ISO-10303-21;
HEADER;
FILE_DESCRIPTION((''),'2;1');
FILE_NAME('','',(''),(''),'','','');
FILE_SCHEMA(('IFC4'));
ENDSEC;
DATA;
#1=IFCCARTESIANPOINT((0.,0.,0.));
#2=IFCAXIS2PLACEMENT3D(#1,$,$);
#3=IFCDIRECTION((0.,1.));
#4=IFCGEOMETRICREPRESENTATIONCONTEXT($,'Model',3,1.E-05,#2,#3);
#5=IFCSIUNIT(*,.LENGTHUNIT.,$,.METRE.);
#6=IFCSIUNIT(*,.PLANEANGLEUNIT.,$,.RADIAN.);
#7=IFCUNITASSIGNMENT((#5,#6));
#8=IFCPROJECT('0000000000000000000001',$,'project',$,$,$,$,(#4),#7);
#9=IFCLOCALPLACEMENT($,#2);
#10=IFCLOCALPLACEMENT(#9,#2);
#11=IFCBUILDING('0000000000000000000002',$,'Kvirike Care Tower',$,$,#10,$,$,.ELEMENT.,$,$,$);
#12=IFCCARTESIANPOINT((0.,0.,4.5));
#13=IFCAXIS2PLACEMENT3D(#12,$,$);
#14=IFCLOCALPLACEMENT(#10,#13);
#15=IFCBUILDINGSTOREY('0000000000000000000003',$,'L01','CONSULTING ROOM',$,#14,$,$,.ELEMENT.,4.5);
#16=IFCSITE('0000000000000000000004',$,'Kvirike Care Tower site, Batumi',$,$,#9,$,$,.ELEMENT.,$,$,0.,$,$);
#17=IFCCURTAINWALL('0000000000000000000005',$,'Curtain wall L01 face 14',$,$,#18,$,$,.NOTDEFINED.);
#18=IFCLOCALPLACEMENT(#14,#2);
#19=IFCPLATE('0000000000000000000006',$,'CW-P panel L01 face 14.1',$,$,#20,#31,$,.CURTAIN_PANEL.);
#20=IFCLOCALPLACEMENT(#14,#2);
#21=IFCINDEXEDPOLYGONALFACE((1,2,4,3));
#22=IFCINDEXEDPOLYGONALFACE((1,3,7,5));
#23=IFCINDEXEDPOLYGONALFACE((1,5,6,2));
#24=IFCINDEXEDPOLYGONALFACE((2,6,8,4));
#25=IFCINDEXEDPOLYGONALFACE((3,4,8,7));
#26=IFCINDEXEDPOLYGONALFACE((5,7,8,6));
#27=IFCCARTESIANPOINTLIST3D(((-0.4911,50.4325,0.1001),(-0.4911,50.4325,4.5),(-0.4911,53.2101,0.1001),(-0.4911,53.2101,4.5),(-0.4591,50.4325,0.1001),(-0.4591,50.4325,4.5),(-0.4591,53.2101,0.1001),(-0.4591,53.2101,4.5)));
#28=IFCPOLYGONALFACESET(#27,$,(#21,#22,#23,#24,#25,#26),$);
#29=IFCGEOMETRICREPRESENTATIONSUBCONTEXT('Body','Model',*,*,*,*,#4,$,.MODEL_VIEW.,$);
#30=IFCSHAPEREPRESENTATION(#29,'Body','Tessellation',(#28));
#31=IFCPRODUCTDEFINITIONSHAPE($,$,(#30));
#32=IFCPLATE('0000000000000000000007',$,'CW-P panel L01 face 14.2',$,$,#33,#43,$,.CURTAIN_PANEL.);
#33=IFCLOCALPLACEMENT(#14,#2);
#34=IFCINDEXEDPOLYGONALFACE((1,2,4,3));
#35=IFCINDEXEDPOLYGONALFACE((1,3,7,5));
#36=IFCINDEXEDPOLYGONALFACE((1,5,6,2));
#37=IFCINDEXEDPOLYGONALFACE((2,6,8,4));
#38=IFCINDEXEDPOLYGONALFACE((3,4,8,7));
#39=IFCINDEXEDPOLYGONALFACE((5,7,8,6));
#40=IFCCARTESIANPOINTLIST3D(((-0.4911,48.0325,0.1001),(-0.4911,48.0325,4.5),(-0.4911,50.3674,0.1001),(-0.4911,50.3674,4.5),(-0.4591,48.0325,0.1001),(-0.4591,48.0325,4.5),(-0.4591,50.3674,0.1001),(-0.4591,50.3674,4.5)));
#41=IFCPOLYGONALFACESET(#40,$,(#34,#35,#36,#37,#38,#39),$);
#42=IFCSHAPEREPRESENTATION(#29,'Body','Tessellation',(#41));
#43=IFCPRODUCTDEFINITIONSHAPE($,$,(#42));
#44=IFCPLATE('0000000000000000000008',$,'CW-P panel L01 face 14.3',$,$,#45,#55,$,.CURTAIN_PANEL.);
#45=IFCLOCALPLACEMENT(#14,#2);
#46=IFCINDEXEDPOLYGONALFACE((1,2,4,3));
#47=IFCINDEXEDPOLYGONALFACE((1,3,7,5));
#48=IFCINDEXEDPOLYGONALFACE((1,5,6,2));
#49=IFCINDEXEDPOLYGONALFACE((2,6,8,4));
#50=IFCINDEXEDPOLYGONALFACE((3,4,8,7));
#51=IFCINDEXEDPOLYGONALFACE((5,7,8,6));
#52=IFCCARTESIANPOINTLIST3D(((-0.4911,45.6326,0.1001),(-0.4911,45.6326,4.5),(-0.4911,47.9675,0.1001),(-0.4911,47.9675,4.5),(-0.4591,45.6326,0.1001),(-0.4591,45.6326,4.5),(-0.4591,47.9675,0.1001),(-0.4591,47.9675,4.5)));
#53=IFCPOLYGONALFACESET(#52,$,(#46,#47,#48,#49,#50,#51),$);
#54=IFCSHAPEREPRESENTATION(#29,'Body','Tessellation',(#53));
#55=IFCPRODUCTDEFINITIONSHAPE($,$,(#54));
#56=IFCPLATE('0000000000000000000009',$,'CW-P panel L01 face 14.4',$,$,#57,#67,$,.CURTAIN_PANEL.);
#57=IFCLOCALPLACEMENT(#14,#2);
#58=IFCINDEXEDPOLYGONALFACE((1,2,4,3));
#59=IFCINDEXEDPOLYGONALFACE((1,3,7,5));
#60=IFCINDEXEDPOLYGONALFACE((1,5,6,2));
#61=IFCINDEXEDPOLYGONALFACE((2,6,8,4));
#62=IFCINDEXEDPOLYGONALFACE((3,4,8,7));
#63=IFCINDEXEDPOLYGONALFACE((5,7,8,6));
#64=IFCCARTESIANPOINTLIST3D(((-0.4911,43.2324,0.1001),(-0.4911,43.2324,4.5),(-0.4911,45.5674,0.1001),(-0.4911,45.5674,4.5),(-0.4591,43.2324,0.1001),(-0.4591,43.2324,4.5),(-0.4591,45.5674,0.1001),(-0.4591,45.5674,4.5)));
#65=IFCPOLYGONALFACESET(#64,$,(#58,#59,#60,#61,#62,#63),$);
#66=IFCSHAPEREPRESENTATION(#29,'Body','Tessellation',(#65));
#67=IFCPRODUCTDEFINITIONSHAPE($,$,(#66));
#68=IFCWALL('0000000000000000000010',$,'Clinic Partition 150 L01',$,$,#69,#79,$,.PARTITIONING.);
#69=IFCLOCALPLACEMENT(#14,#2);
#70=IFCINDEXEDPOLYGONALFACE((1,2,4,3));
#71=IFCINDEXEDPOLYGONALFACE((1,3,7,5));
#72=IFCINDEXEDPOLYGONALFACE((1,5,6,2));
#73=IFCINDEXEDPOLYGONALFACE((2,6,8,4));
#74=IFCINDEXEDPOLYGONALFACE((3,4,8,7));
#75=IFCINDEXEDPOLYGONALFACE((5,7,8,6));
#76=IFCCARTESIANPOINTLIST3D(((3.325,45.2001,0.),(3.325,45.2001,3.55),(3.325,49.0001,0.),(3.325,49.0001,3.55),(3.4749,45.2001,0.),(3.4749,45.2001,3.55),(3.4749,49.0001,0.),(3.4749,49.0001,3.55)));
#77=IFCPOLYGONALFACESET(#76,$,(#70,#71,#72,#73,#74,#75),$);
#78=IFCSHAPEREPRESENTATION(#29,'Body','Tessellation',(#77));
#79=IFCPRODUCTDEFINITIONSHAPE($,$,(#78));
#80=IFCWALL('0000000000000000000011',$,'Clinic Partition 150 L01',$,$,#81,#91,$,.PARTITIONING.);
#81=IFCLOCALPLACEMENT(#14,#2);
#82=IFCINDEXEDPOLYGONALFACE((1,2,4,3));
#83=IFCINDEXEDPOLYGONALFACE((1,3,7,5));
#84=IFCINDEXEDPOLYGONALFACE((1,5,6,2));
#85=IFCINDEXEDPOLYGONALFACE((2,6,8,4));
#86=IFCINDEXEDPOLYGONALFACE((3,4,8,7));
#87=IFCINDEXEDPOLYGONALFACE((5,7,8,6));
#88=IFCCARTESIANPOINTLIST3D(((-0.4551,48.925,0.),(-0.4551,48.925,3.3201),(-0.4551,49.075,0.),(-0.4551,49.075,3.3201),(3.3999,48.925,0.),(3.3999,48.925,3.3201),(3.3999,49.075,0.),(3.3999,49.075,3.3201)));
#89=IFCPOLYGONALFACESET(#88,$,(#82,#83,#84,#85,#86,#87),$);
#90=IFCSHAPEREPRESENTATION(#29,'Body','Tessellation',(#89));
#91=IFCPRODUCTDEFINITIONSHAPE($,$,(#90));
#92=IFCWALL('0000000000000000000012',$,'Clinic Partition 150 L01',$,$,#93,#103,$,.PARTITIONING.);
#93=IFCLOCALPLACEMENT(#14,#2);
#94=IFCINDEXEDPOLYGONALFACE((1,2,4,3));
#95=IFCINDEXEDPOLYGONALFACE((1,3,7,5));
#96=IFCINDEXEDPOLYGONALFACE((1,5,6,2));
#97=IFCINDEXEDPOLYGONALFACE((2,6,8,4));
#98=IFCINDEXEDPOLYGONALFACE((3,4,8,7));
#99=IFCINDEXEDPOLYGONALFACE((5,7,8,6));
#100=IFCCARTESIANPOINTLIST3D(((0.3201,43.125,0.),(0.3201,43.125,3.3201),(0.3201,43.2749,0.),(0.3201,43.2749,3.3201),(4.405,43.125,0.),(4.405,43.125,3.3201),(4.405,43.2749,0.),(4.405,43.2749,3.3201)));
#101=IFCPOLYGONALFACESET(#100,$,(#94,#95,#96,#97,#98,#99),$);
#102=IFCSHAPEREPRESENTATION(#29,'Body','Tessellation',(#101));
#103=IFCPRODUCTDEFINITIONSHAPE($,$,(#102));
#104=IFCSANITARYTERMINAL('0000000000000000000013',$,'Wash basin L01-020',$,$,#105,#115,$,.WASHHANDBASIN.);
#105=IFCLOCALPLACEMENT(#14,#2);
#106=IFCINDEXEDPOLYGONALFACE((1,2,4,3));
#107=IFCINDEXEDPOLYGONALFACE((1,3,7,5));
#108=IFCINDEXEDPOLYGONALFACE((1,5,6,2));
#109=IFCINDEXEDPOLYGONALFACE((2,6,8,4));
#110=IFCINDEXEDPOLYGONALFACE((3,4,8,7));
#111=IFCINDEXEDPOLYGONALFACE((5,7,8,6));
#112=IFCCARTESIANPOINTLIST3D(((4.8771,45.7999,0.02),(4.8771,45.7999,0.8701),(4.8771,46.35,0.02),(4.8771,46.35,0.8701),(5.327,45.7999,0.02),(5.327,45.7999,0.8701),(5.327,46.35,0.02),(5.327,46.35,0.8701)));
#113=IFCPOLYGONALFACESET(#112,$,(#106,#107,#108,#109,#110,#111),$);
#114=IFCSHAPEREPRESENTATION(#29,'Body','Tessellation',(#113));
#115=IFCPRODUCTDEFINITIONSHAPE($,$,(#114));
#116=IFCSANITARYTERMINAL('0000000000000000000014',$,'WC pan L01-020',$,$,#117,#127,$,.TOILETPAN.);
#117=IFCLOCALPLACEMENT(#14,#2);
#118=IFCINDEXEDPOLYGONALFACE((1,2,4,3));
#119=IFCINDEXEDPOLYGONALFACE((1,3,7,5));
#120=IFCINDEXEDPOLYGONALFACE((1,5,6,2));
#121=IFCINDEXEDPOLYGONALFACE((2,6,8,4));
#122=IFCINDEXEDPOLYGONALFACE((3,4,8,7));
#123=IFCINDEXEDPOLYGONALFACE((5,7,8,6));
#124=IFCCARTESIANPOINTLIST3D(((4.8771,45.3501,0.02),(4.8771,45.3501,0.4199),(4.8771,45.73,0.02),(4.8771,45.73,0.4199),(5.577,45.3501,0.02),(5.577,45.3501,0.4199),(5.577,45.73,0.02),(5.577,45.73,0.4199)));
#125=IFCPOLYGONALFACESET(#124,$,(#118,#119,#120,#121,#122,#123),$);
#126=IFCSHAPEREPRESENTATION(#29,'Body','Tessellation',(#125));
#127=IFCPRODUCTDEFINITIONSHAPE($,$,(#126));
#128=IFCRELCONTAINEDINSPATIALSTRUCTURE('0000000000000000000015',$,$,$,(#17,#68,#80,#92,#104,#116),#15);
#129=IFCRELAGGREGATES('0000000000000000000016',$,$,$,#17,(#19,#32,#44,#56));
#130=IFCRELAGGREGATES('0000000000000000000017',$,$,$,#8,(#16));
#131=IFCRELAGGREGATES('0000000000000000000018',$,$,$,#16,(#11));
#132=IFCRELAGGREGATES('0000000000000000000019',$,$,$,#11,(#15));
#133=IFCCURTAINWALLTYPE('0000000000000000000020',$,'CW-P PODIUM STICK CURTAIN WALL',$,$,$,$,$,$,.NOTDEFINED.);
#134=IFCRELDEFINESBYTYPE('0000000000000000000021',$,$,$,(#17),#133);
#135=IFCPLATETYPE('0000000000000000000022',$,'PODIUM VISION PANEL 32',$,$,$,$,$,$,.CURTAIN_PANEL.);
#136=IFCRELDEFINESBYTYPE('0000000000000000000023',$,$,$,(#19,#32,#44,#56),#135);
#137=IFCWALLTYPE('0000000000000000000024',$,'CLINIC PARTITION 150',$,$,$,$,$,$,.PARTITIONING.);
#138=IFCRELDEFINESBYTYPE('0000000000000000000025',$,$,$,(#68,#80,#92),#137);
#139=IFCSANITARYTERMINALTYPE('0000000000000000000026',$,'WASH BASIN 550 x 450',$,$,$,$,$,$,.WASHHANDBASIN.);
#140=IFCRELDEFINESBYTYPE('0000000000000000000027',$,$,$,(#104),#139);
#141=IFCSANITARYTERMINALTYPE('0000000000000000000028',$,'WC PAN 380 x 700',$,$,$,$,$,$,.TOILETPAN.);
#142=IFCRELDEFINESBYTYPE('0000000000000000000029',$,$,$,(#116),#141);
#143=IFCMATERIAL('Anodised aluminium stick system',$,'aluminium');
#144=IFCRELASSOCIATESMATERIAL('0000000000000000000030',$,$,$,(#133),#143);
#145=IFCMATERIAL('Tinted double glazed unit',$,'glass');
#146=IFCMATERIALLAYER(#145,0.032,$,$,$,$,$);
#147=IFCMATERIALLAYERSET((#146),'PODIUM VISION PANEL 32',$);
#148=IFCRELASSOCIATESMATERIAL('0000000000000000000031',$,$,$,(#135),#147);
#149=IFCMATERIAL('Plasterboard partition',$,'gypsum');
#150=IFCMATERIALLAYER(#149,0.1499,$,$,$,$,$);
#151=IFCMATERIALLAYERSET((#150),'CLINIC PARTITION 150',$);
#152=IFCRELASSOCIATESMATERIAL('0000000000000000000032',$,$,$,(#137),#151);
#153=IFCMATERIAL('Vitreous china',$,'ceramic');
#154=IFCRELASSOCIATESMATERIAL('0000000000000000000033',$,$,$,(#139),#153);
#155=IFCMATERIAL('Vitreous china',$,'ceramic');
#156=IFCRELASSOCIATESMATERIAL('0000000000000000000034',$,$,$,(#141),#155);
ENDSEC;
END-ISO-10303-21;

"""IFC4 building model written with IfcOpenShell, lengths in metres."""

from ifc_helpers import new_model, si_unit, direction, frame, frame_2d, origin, origin_2d, place, context, subcontext, project, spatial, rectangle, extrude, material, layer, layer_set, type_object, element, aggregate, save


model = new_model("IFC4")

# Units and contexts
model_context = context("Model", 3, precision=1e-05, world=origin(), true_north=direction((0.0, 1.0)))
body_context = subcontext(model_context, "Body", "Model", "MODEL_VIEW")
ifc_project = project(units=[si_unit("LENGTHUNIT", "METRE"), si_unit("PLANEANGLEUNIT", "RADIAN")], contexts=[model_context])

# Site, building, storey
site_placement = place(None, origin())
site = spatial("IfcSite", under=ifc_project, at=site_placement, Name="Kvirike Care Tower site, Batumi", CompositionType="ELEMENT", RefElevation=0.0)
building_placement = place(site_placement, origin())
building = spatial("IfcBuilding", under=site, at=building_placement, Name="Kvirike Care Tower", CompositionType="ELEMENT")
storey_placement = place(building_placement, frame((0.0, 0.0, 4.5)))
storey = spatial("IfcBuildingStorey", under=building, at=storey_placement, Name="L01", Description="CONSULTING ROOM", CompositionType="ELEMENT", Elevation=4.5)

# Curtain wall
ifc_material_1 = material(Name="Anodised aluminium stick system", Category="aluminium")
curtain_wall_type = type_object("IfcCurtainWallType", Name="CW-P PODIUM STICK CURTAIN WALL", PredefinedType="NOTDEFINED", material=ifc_material_1)
curtain_wall_placement = place(storey_placement, origin())
curtain_wall = element("IfcCurtainWall", 1, at=curtain_wall_placement, inside=storey, type_object=curtain_wall_type, Name="Curtain wall L01 face 14", PredefinedType="NOTDEFINED")

# Plates
ifc_material_2 = material(Name="Tinted double glazed unit", Category="glass")
ifc_layer_1 = layer(ifc_material_2, 0.032)
ifc_layer_set_1 = layer_set([ifc_layer_1], Name="PODIUM VISION PANEL 32")
plate_type = type_object("IfcPlateType", Name="PODIUM VISION PANEL 32", PredefinedType="CURTAIN_PANEL", material=ifc_layer_set_1)
plate_1_placement = place(storey_placement, frame((-0.4751, 51.8213, 0.1001), z_axis=(0.0, 0.0, 1.0), x_axis=(0.0, -1.0, 0.0)))
plate_1 = element("IfcPlate", 2, at=plate_1_placement, type_object=plate_type, Name="CW-P panel L01 face 14.1", PredefinedType="CURTAIN_PANEL", context=body_context, shape_type="SweptSolid", body=[
    extrude(rectangle(XDim=2.7776, YDim=0.032, at=origin_2d()), origin(), (0.0, 0.0, 1.0), 4.3999),
])
plate_2_placement = place(storey_placement, frame((-0.4751, 49.2, 0.1001), z_axis=(0.0, 0.0, 1.0), x_axis=(0.0, -1.0, 0.0)))
plate_2 = element("IfcPlate", 3, at=plate_2_placement, type_object=plate_type, Name="CW-P panel L01 face 14.2", PredefinedType="CURTAIN_PANEL", context=body_context, shape_type="SweptSolid", body=[
    extrude(rectangle(XDim=2.335, YDim=0.032, at=origin_2d()), origin(), (0.0, 0.0, 1.0), 4.3999),
])
plate_3_placement = place(storey_placement, frame((-0.4751, 46.8, 0.1001), z_axis=(0.0, 0.0, 1.0), x_axis=(0.0, -1.0, 0.0)))
plate_3 = element("IfcPlate", 4, at=plate_3_placement, type_object=plate_type, Name="CW-P panel L01 face 14.3", PredefinedType="CURTAIN_PANEL", context=body_context, shape_type="SweptSolid", body=[
    extrude(rectangle(XDim=2.335, YDim=0.032, at=origin_2d()), origin(), (0.0, 0.0, 1.0), 4.3999),
])
plate_4_placement = place(storey_placement, frame((-0.4751, 44.3999, 0.1001), z_axis=(0.0, 0.0, 1.0), x_axis=(0.0, -1.0, 0.0)))
plate_4 = element("IfcPlate", 5, at=plate_4_placement, type_object=plate_type, Name="CW-P panel L01 face 14.4", PredefinedType="CURTAIN_PANEL", context=body_context, shape_type="SweptSolid", body=[
    extrude(rectangle(XDim=2.335, YDim=0.032, at=origin_2d()), origin(), (0.0, 0.0, 1.0), 4.3999),
])
aggregate(curtain_wall, [plate_1, plate_2, plate_3, plate_4])

# Walls
ifc_material_3 = material(Name="Plasterboard partition", Category="gypsum")
ifc_layer_2 = layer(ifc_material_3, 0.1499)
ifc_layer_set_2 = layer_set([ifc_layer_2], Name="CLINIC PARTITION 150")
wall_type = type_object("IfcWallType", Name="CLINIC PARTITION 150", PredefinedType="PARTITIONING", material=ifc_layer_set_2)
wall_1_placement = place(storey_placement, frame((3.3999, 49.0, 0.0), z_axis=(0.0, 0.0, 1.0), x_axis=(0.0, -1.0, 0.0)))
element("IfcWall", 6, at=wall_1_placement, inside=storey, type_object=wall_type, Name="Clinic Partition 150 L01", PredefinedType="PARTITIONING", context=body_context, shape_type="SweptSolid", body=[
    extrude(rectangle(XDim=3.8, YDim=0.1499, at=frame_2d((1.8999, 0.0))), origin(), (0.0, 0.0, 1.0), 3.55),
])
wall_2_placement = place(storey_placement, frame((3.3999, 49.0, 0.0), z_axis=(0.0, 0.0, 1.0), x_axis=(-1.0, 0.0, 0.0)))
element("IfcWall", 7, at=wall_2_placement, inside=storey, type_object=wall_type, Name="Clinic Partition 150 L01", PredefinedType="PARTITIONING", context=body_context, shape_type="SweptSolid", body=[
    extrude(rectangle(XDim=3.855, YDim=0.1499, at=frame_2d((1.9275, 0.0))), origin(), (0.0, 0.0, 1.0), 3.3201),
])
wall_3_placement = place(storey_placement, frame((4.405, 43.2, 0.0), z_axis=(0.0, 0.0, 1.0), x_axis=(-1.0, 0.0, 0.0)))
element("IfcWall", 8, at=wall_3_placement, inside=storey, type_object=wall_type, Name="Clinic Partition 150 L01", PredefinedType="PARTITIONING", context=body_context, shape_type="SweptSolid", body=[
    extrude(rectangle(XDim=4.085, YDim=0.1499, at=frame_2d((2.0425, 0.0))), origin(), (0.0, 0.0, 1.0), 3.3201),
])

# Sanitary terminals
ifc_material_4 = material(Name="Vitreous china", Category="ceramic")
sanitary_terminal_type_1 = type_object("IfcSanitaryTerminalType", Name="WASH BASIN 550 x 450", PredefinedType="WASHHANDBASIN", material=ifc_material_4)
sanitary_terminal_1_placement = place(storey_placement, frame((5.1021, 46.075, 0.02), z_axis=(0.0, 0.0, 1.0), x_axis=(0.0, 1.0, 0.0)))
element("IfcSanitaryTerminal", 9, at=sanitary_terminal_1_placement, inside=storey, type_object=sanitary_terminal_type_1, Name="Wash basin L01-020", PredefinedType="WASHHANDBASIN", context=body_context, shape_type="SweptSolid", body=[
    extrude(rectangle(XDim=0.55, YDim=0.45, at=origin_2d()), origin(), (0.0, 0.0, 1.0), 0.8501),
])
ifc_material_5 = material(Name="Vitreous china", Category="ceramic")
sanitary_terminal_type_2 = type_object("IfcSanitaryTerminalType", Name="WC PAN 380 x 700", PredefinedType="TOILETPAN", material=ifc_material_5)
sanitary_terminal_2_placement = place(storey_placement, frame((5.2271, 45.54, 0.02), z_axis=(0.0, 0.0, 1.0), x_axis=(0.0, 1.0, 0.0)))
element("IfcSanitaryTerminal", 10, at=sanitary_terminal_2_placement, inside=storey, type_object=sanitary_terminal_type_2, Name="WC pan L01-020", PredefinedType="TOILETPAN", context=body_context, shape_type="SweptSolid", body=[
    extrude(rectangle(XDim=0.3799, YDim=0.7, at=origin_2d()), origin(), (0.0, 0.0, 1.0), 0.3999),
])

save(model, "model.ifc")
